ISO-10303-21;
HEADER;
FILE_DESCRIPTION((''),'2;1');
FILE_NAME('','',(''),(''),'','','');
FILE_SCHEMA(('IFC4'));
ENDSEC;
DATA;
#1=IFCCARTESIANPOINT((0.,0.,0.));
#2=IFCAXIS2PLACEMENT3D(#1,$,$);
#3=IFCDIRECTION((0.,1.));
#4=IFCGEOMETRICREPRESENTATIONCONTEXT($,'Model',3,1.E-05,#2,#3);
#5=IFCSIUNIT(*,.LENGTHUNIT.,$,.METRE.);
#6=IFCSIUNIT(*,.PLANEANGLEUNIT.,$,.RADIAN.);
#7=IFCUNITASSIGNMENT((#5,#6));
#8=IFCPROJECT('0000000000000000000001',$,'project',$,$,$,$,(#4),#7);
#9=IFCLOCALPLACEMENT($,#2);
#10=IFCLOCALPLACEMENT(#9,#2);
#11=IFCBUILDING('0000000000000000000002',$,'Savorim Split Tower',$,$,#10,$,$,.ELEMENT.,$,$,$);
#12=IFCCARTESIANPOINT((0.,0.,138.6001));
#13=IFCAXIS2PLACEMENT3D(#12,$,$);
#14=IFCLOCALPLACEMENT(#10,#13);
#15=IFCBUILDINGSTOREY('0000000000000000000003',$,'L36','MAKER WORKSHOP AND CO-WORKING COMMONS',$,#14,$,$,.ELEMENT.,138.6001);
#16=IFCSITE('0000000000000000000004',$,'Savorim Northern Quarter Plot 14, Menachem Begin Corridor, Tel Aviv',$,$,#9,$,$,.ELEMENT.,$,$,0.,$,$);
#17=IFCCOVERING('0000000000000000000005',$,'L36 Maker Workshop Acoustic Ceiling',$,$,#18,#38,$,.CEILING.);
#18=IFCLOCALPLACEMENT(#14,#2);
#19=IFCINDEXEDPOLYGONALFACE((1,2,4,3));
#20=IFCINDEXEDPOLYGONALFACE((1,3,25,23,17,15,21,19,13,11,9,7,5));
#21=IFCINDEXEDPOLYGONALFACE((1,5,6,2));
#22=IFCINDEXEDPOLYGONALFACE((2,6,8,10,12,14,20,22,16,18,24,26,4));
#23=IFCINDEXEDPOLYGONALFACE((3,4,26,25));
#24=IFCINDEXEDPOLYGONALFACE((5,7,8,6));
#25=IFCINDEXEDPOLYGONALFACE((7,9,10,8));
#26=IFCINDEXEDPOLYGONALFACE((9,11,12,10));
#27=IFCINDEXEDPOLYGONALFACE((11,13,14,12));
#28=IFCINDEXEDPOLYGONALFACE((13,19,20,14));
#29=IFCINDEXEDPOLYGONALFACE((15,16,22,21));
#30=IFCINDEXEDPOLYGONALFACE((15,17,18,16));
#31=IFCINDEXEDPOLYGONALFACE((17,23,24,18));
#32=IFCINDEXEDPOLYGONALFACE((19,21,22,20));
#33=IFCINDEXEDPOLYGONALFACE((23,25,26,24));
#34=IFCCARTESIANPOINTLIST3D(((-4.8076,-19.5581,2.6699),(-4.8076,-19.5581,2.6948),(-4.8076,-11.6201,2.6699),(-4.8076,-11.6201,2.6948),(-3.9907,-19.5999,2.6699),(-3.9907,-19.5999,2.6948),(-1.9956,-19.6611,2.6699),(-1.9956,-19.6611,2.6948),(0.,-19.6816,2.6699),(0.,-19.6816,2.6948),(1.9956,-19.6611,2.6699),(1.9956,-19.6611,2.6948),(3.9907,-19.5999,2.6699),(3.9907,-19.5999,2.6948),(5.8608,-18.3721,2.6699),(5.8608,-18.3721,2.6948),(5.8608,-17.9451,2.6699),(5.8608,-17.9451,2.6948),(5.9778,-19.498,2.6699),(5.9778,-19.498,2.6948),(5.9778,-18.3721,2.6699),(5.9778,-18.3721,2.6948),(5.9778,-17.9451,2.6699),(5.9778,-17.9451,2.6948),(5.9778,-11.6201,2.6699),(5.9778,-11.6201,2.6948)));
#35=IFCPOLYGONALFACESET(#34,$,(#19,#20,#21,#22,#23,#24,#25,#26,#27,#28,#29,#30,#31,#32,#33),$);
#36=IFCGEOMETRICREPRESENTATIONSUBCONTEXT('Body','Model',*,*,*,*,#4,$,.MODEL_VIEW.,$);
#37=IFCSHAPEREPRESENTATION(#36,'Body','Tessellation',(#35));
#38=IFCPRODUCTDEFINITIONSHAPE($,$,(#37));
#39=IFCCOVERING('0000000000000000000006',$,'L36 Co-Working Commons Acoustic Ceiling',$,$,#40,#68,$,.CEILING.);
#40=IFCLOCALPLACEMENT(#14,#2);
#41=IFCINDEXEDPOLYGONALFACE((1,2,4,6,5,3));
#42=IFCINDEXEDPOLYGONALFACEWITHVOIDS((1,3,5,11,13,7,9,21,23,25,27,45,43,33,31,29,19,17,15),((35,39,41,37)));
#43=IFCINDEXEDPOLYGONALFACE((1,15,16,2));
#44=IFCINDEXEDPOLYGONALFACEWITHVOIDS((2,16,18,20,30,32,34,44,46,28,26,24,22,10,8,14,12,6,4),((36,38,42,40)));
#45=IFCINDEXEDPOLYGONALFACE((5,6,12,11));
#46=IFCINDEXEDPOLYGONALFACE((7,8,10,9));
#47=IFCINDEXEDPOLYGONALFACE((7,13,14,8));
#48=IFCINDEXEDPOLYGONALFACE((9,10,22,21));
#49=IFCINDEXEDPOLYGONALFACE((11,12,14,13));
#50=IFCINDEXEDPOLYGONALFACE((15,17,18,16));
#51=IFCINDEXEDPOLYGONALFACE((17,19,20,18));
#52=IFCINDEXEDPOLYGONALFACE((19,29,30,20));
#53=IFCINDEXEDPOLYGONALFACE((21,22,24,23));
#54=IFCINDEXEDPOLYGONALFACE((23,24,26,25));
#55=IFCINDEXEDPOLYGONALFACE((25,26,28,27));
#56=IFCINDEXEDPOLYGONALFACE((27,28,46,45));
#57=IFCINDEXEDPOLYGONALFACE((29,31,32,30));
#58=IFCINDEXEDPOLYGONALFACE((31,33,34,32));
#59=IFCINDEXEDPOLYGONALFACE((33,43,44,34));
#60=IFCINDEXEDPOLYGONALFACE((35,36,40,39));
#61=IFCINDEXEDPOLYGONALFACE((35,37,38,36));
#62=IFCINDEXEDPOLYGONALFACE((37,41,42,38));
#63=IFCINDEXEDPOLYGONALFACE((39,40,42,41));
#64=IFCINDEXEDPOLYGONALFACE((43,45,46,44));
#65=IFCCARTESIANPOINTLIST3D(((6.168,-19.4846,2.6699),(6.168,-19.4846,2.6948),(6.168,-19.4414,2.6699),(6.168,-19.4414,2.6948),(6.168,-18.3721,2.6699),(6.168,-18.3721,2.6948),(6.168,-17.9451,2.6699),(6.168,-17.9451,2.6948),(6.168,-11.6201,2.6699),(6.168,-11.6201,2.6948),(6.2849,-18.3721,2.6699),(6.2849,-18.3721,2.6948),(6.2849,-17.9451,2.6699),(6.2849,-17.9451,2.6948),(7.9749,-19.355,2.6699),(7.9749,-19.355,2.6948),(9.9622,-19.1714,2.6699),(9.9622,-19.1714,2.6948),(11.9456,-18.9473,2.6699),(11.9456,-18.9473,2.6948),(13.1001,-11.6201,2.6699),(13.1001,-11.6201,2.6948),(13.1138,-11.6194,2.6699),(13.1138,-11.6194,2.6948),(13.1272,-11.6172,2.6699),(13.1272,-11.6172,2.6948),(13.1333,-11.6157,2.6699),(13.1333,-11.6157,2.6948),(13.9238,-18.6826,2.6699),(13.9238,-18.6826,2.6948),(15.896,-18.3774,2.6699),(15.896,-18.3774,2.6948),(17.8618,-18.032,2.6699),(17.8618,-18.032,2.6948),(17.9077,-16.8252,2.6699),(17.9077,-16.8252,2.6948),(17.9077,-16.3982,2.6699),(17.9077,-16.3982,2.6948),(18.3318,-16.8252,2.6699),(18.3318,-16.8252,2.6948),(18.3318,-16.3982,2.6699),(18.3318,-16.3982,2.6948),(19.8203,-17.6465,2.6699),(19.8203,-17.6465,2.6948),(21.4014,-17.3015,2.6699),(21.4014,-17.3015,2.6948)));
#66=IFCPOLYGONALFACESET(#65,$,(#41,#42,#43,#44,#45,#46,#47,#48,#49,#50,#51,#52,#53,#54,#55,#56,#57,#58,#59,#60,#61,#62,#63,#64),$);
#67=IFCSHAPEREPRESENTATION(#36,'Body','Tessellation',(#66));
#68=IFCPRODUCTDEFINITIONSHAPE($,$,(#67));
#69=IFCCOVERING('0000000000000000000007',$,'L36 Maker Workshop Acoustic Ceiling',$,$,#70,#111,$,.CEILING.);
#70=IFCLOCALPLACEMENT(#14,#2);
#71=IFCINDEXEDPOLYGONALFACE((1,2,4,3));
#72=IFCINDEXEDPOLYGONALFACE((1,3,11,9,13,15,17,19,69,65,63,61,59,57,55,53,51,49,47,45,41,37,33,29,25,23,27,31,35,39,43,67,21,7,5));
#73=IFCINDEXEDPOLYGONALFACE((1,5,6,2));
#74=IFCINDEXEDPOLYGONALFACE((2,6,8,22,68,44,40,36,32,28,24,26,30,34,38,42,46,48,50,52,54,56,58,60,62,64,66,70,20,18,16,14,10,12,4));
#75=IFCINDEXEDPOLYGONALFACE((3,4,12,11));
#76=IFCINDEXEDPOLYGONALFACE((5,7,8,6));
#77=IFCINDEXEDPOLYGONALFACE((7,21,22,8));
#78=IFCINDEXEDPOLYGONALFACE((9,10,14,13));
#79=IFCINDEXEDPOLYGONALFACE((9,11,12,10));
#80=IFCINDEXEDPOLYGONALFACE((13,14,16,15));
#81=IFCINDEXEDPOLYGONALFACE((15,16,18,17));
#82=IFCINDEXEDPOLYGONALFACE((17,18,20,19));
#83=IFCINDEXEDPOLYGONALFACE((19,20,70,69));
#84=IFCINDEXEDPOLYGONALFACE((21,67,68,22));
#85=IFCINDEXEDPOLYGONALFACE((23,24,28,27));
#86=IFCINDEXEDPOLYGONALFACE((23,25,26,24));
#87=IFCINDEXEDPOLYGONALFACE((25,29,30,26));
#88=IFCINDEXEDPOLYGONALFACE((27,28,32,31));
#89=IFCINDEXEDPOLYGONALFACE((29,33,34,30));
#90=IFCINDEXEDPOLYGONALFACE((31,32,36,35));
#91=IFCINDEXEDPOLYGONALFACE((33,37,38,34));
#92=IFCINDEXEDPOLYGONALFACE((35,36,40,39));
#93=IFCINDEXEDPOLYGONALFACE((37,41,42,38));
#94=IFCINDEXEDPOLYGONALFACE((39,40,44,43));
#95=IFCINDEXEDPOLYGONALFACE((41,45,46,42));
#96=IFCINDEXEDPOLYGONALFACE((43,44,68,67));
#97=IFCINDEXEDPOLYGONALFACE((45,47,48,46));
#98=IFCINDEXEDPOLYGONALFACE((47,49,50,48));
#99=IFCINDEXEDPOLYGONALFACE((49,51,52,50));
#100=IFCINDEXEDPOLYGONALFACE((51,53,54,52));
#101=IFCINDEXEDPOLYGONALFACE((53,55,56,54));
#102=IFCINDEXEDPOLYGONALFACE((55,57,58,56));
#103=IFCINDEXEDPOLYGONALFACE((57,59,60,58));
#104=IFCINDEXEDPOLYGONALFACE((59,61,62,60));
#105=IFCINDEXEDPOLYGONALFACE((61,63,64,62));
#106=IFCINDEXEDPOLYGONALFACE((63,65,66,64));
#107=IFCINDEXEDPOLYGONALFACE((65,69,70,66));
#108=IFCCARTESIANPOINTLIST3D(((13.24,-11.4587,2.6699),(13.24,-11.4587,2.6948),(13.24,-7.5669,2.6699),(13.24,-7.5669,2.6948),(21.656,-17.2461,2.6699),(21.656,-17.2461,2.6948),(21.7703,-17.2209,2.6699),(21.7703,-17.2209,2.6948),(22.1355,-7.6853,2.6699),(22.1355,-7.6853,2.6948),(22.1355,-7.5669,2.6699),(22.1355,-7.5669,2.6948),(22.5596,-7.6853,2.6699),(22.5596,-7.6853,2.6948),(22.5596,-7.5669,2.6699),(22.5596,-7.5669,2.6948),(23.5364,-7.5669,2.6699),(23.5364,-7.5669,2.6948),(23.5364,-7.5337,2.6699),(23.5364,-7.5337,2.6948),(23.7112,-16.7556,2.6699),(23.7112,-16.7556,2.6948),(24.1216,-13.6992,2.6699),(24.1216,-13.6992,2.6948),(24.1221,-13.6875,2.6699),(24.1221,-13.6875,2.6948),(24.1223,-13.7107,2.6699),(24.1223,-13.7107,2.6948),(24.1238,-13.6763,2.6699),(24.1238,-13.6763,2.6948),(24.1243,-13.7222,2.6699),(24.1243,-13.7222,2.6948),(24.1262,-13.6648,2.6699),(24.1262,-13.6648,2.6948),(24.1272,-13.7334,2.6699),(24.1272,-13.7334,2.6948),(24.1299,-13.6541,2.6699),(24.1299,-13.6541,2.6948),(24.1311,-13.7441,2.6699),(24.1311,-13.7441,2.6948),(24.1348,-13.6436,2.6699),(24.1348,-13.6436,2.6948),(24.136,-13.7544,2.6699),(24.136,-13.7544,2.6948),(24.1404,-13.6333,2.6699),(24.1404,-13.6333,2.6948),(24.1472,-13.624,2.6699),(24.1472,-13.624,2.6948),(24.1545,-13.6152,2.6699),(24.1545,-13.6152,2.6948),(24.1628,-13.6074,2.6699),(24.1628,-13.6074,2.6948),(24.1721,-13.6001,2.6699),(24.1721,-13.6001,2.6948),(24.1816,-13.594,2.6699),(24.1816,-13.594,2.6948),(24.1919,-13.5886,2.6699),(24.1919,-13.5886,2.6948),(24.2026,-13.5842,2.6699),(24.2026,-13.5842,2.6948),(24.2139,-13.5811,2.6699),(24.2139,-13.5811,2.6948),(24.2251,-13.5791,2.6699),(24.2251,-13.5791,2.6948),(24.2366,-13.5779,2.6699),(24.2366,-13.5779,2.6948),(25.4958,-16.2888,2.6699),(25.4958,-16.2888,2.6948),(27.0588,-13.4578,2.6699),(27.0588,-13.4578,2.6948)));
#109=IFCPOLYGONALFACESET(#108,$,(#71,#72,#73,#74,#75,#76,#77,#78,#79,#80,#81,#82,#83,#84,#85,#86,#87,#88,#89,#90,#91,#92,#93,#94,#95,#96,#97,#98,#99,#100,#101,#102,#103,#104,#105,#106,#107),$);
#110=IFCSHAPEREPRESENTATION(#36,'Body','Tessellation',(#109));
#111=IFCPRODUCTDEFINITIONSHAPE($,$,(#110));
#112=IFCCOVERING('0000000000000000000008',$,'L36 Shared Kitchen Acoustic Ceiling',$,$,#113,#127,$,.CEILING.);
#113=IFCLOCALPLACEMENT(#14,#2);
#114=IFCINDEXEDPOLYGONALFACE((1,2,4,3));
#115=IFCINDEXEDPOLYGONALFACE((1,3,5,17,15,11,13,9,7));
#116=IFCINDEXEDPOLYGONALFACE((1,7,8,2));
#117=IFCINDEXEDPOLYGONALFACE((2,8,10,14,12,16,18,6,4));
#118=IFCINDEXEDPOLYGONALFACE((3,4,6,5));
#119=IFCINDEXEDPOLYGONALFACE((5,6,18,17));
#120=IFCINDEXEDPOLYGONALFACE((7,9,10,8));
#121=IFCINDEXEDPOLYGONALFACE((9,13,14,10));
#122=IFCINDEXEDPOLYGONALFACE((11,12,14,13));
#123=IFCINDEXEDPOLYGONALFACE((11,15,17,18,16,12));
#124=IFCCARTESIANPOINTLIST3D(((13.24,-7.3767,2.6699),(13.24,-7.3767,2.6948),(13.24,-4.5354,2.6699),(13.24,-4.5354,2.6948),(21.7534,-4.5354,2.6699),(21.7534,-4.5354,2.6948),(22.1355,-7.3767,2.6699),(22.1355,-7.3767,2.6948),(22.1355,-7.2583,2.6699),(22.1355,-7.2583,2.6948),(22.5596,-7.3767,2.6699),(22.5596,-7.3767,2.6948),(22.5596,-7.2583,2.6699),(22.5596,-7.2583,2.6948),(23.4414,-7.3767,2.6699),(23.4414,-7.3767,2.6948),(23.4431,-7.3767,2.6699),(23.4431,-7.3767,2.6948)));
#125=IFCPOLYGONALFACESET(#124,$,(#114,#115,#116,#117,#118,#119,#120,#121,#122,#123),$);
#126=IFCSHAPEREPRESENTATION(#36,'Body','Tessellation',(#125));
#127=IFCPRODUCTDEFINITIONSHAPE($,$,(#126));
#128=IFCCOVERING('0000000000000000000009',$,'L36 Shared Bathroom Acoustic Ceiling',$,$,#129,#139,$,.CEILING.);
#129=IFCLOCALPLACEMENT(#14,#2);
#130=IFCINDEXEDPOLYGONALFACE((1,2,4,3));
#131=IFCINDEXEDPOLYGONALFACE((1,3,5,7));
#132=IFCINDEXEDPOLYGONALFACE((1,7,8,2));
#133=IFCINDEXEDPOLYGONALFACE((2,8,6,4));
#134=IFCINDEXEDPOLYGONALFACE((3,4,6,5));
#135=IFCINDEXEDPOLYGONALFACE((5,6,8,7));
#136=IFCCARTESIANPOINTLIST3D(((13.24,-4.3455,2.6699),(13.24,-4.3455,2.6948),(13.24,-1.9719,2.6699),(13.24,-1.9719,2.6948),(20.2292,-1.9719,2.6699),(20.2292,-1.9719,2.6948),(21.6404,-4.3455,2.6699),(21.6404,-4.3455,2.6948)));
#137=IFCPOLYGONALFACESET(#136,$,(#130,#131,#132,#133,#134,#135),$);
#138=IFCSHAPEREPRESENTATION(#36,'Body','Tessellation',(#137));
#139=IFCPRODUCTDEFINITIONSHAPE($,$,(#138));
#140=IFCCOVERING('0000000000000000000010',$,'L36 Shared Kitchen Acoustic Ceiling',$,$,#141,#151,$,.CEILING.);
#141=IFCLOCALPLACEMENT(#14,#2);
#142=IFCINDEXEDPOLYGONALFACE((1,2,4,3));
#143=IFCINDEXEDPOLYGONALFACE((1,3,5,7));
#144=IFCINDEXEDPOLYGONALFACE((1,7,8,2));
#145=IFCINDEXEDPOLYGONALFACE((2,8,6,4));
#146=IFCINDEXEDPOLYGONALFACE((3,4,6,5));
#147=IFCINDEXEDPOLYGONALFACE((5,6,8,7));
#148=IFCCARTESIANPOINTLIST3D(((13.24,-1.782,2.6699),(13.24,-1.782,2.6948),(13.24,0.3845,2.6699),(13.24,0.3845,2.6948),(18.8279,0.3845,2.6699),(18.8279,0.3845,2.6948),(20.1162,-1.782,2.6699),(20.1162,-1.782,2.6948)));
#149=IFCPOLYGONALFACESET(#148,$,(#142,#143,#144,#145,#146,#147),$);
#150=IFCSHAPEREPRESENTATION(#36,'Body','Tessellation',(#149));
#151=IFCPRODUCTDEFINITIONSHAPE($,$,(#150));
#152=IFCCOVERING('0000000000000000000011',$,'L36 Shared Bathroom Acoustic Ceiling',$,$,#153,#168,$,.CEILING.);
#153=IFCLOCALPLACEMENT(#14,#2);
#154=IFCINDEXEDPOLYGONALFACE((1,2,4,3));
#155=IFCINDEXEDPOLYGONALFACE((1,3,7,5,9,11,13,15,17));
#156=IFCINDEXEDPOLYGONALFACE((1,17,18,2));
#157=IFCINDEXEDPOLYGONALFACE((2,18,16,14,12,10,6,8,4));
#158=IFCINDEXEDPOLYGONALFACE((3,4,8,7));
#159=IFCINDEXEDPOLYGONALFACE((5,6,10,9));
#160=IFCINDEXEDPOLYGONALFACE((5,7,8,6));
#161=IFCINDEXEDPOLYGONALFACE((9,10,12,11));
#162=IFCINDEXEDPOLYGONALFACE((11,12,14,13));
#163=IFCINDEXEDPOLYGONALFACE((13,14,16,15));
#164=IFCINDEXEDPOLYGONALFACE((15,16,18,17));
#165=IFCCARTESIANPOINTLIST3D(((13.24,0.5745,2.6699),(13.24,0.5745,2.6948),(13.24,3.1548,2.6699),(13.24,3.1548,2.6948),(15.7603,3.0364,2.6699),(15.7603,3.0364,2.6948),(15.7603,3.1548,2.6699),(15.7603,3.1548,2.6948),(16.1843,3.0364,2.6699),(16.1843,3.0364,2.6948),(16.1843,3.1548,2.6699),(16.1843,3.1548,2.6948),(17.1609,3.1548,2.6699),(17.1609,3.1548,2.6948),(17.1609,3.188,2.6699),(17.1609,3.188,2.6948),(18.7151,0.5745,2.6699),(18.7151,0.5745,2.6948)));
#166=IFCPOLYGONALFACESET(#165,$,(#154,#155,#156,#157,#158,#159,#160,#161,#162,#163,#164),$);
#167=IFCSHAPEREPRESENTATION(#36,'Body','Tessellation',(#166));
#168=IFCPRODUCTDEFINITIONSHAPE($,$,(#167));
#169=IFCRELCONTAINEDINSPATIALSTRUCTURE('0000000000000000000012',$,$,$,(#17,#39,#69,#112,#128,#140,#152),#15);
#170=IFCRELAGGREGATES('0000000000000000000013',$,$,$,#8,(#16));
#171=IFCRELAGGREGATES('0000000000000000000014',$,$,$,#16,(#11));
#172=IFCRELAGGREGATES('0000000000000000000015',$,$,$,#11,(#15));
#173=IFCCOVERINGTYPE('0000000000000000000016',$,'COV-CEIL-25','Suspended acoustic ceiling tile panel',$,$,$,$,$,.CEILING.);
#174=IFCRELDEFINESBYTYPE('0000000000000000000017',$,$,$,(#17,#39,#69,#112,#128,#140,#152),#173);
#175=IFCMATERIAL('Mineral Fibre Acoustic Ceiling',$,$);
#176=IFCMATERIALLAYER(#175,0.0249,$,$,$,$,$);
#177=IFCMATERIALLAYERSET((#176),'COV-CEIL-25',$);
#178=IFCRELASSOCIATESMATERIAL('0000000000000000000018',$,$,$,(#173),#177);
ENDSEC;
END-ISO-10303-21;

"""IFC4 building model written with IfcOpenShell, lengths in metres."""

from ifc_helpers import new_model, si_unit, direction, frame, origin, place, context, subcontext, project, spatial, polyline, outline, extrude, material, layer, layer_set, type_object, element, save


model = new_model("IFC4")

# Units and contexts
model_context = context("Model", 3, precision=1e-05, world=origin(), true_north=direction((0.0, 1.0)))
body_context = subcontext(model_context, "Body", "Model", "MODEL_VIEW")
ifc_project = project(units=[si_unit("LENGTHUNIT", "METRE"), si_unit("PLANEANGLEUNIT", "RADIAN")], contexts=[model_context])

# Site, building, storey
site_placement = place(None, origin())
site = spatial("IfcSite", under=ifc_project, at=site_placement, Name="Savorim Northern Quarter Plot 14, Menachem Begin Corridor, Tel Aviv", CompositionType="ELEMENT", RefElevation=0.0)
building_placement = place(site_placement, origin())
building = spatial("IfcBuilding", under=site, at=building_placement, Name="Savorim Split Tower", CompositionType="ELEMENT")
storey_placement = place(building_placement, frame((0.0, 0.0, 138.6001)))
storey = spatial("IfcBuildingStorey", under=building, at=storey_placement, Name="L36", Description="MAKER WORKSHOP AND CO-WORKING COMMONS", CompositionType="ELEMENT", Elevation=138.6001)

# Coverings
ifc_material_1 = material(Name="Mineral Fibre Acoustic Ceiling")
ifc_layer_1 = layer(ifc_material_1, 0.0249)
ifc_layer_set_1 = layer_set([ifc_layer_1], Name="COV-CEIL-25")
covering_type_1 = type_object("IfcCoveringType", Name="COV-CEIL-25", Description="Suspended acoustic ceiling tile panel", PredefinedType="CEILING", material=ifc_layer_set_1)
covering_1_placement = place(storey_placement, frame((0.0, 0.0, 2.6699)))
element("IfcCovering", 1, at=covering_1_placement, inside=storey, type_object=covering_type_1, Name="L36 Maker Workshop Acoustic Ceiling", PredefinedType="CEILING", context=body_context, shape_type="SweptSolid", body=[
    extrude(outline(polyline([(-1.9956, -19.6611), (0.0, -19.6816), (1.9956, -19.6611), (3.9907, -19.5999), (5.9778, -19.498), (5.9778, -18.3721), (5.8608, -18.3721), (5.8608, -17.9451), (5.9778, -17.9451), (5.9778, -11.6201), (-4.8076, -11.6201), (-4.8076, -19.5581), (-3.9907, -19.5999), (-1.9956, -19.6611)])), origin(), (0.0, 0.0, 1.0), 0.0249),
])
covering_2_placement = place(storey_placement, frame((0.0, 0.0, 2.6699)))
element("IfcCovering", 2, at=covering_2_placement, inside=storey, type_object=covering_type_1, Name="L36 Co-Working Commons Acoustic Ceiling", PredefinedType="CEILING", context=body_context, shape_type="SweptSolid", body=[
    extrude(outline(polyline([(15.896, -18.3774), (17.8618, -18.032), (19.8203, -17.6465), (21.4014, -17.3015), (13.1333, -11.6157), (13.1272, -11.6172), (13.1138, -11.6194), (13.1001, -11.6201), (6.168, -11.6201), (6.168, -17.9451), (6.2849, -17.9451), (6.2849, -18.3721), (6.168, -18.3721), (6.168, -19.4414), (6.168, -19.4846), (7.9749, -19.355), (9.9622, -19.1714), (11.9456, -18.9473), (13.9238, -18.6826), (15.896, -18.3774)]), holes=[polyline([(18.3318, -16.8252), (18.3318, -16.3982), (17.9077, -16.3982), (17.9077, -16.8252), (18.3318, -16.8252)])]), origin(), (0.0, 0.0, 1.0), 0.0249),
])
covering_3_placement = place(storey_placement, frame((0.0, 0.0, 2.6699)))
element("IfcCovering", 3, at=covering_3_placement, inside=storey, type_object=covering_type_1, Name="L36 Maker Workshop Acoustic Ceiling", PredefinedType="CEILING", context=body_context, shape_type="SweptSolid", body=[
    extrude(outline(polyline([(24.2139, -13.5811), (24.2251, -13.5791), (24.2366, -13.5779), (27.0588, -13.4578), (23.5364, -7.5337), (23.5364, -7.5669), (22.5596, -7.5669), (22.5596, -7.6853), (22.1355, -7.6853), (22.1355, -7.5669), (13.24, -7.5669), (13.24, -11.4587), (21.656, -17.2461), (21.7703, -17.2209), (23.7112, -16.7556), (25.4958, -16.2888), (24.136, -13.7544), (24.1311, -13.7441), (24.1272, -13.7334), (24.1243, -13.7222), (24.1223, -13.7107), (24.1216, -13.6992), (24.1221, -13.6875), (24.1238, -13.6763), (24.1262, -13.6648), (24.1299, -13.6541), (24.1348, -13.6436), (24.1404, -13.6333), (24.1472, -13.624), (24.1545, -13.6152), (24.1628, -13.6074), (24.1721, -13.6001), (24.1816, -13.594), (24.1919, -13.5886), (24.2026, -13.5842), (24.2139, -13.5811)])), origin(), (0.0, 0.0, 1.0), 0.0249),
])
covering_4_placement = place(storey_placement, frame((0.0, 0.0, 2.6699)))
element("IfcCovering", 4, at=covering_4_placement, inside=storey, type_object=covering_type_1, Name="L36 Shared Kitchen Acoustic Ceiling", PredefinedType="CEILING", context=body_context, shape_type="SweptSolid", body=[
    extrude(outline(polyline([(22.5596, -7.2583), (22.5596, -7.3767), (23.4414, -7.3767), (23.4431, -7.3767), (21.7534, -4.5354), (13.24, -4.5354), (13.24, -7.3767), (22.1355, -7.3767), (22.1355, -7.2583), (22.5596, -7.2583)])), origin(), (0.0, 0.0, 1.0), 0.0249),
])
covering_5_placement = place(storey_placement, frame((0.0, 0.0, 2.6699)))
element("IfcCovering", 5, at=covering_5_placement, inside=storey, type_object=covering_type_1, Name="L36 Shared Bathroom Acoustic Ceiling", PredefinedType="CEILING", context=body_context, shape_type="SweptSolid", body=[
    extrude(outline(polyline([(21.6404, -4.3455), (20.2292, -1.9719), (13.24, -1.9719), (13.24, -4.3455), (21.6404, -4.3455)])), origin(), (0.0, 0.0, 1.0), 0.0249),
])
covering_6_placement = place(storey_placement, frame((0.0, 0.0, 2.6699)))
element("IfcCovering", 6, at=covering_6_placement, inside=storey, type_object=covering_type_1, Name="L36 Shared Kitchen Acoustic Ceiling", PredefinedType="CEILING", context=body_context, shape_type="SweptSolid", body=[
    extrude(outline(polyline([(20.1162, -1.782), (18.8279, 0.3845), (13.24, 0.3845), (13.24, -1.782), (20.1162, -1.782)])), origin(), (0.0, 0.0, 1.0), 0.0249),
])
covering_7_placement = place(storey_placement, frame((0.0, 0.0, 2.6699)))
element("IfcCovering", 7, at=covering_7_placement, inside=storey, type_object=covering_type_1, Name="L36 Shared Bathroom Acoustic Ceiling", PredefinedType="CEILING", context=body_context, shape_type="SweptSolid", body=[
    extrude(outline(polyline([(15.7603, 3.0364), (15.7603, 3.1548), (13.24, 3.1548), (13.24, 0.5745), (18.7151, 0.5745), (17.1609, 3.188), (17.1609, 3.1548), (16.1843, 3.1548), (16.1843, 3.0364), (15.7603, 3.0364)])), origin(), (0.0, 0.0, 1.0), 0.0249),
])

save(model, "model.ifc")
